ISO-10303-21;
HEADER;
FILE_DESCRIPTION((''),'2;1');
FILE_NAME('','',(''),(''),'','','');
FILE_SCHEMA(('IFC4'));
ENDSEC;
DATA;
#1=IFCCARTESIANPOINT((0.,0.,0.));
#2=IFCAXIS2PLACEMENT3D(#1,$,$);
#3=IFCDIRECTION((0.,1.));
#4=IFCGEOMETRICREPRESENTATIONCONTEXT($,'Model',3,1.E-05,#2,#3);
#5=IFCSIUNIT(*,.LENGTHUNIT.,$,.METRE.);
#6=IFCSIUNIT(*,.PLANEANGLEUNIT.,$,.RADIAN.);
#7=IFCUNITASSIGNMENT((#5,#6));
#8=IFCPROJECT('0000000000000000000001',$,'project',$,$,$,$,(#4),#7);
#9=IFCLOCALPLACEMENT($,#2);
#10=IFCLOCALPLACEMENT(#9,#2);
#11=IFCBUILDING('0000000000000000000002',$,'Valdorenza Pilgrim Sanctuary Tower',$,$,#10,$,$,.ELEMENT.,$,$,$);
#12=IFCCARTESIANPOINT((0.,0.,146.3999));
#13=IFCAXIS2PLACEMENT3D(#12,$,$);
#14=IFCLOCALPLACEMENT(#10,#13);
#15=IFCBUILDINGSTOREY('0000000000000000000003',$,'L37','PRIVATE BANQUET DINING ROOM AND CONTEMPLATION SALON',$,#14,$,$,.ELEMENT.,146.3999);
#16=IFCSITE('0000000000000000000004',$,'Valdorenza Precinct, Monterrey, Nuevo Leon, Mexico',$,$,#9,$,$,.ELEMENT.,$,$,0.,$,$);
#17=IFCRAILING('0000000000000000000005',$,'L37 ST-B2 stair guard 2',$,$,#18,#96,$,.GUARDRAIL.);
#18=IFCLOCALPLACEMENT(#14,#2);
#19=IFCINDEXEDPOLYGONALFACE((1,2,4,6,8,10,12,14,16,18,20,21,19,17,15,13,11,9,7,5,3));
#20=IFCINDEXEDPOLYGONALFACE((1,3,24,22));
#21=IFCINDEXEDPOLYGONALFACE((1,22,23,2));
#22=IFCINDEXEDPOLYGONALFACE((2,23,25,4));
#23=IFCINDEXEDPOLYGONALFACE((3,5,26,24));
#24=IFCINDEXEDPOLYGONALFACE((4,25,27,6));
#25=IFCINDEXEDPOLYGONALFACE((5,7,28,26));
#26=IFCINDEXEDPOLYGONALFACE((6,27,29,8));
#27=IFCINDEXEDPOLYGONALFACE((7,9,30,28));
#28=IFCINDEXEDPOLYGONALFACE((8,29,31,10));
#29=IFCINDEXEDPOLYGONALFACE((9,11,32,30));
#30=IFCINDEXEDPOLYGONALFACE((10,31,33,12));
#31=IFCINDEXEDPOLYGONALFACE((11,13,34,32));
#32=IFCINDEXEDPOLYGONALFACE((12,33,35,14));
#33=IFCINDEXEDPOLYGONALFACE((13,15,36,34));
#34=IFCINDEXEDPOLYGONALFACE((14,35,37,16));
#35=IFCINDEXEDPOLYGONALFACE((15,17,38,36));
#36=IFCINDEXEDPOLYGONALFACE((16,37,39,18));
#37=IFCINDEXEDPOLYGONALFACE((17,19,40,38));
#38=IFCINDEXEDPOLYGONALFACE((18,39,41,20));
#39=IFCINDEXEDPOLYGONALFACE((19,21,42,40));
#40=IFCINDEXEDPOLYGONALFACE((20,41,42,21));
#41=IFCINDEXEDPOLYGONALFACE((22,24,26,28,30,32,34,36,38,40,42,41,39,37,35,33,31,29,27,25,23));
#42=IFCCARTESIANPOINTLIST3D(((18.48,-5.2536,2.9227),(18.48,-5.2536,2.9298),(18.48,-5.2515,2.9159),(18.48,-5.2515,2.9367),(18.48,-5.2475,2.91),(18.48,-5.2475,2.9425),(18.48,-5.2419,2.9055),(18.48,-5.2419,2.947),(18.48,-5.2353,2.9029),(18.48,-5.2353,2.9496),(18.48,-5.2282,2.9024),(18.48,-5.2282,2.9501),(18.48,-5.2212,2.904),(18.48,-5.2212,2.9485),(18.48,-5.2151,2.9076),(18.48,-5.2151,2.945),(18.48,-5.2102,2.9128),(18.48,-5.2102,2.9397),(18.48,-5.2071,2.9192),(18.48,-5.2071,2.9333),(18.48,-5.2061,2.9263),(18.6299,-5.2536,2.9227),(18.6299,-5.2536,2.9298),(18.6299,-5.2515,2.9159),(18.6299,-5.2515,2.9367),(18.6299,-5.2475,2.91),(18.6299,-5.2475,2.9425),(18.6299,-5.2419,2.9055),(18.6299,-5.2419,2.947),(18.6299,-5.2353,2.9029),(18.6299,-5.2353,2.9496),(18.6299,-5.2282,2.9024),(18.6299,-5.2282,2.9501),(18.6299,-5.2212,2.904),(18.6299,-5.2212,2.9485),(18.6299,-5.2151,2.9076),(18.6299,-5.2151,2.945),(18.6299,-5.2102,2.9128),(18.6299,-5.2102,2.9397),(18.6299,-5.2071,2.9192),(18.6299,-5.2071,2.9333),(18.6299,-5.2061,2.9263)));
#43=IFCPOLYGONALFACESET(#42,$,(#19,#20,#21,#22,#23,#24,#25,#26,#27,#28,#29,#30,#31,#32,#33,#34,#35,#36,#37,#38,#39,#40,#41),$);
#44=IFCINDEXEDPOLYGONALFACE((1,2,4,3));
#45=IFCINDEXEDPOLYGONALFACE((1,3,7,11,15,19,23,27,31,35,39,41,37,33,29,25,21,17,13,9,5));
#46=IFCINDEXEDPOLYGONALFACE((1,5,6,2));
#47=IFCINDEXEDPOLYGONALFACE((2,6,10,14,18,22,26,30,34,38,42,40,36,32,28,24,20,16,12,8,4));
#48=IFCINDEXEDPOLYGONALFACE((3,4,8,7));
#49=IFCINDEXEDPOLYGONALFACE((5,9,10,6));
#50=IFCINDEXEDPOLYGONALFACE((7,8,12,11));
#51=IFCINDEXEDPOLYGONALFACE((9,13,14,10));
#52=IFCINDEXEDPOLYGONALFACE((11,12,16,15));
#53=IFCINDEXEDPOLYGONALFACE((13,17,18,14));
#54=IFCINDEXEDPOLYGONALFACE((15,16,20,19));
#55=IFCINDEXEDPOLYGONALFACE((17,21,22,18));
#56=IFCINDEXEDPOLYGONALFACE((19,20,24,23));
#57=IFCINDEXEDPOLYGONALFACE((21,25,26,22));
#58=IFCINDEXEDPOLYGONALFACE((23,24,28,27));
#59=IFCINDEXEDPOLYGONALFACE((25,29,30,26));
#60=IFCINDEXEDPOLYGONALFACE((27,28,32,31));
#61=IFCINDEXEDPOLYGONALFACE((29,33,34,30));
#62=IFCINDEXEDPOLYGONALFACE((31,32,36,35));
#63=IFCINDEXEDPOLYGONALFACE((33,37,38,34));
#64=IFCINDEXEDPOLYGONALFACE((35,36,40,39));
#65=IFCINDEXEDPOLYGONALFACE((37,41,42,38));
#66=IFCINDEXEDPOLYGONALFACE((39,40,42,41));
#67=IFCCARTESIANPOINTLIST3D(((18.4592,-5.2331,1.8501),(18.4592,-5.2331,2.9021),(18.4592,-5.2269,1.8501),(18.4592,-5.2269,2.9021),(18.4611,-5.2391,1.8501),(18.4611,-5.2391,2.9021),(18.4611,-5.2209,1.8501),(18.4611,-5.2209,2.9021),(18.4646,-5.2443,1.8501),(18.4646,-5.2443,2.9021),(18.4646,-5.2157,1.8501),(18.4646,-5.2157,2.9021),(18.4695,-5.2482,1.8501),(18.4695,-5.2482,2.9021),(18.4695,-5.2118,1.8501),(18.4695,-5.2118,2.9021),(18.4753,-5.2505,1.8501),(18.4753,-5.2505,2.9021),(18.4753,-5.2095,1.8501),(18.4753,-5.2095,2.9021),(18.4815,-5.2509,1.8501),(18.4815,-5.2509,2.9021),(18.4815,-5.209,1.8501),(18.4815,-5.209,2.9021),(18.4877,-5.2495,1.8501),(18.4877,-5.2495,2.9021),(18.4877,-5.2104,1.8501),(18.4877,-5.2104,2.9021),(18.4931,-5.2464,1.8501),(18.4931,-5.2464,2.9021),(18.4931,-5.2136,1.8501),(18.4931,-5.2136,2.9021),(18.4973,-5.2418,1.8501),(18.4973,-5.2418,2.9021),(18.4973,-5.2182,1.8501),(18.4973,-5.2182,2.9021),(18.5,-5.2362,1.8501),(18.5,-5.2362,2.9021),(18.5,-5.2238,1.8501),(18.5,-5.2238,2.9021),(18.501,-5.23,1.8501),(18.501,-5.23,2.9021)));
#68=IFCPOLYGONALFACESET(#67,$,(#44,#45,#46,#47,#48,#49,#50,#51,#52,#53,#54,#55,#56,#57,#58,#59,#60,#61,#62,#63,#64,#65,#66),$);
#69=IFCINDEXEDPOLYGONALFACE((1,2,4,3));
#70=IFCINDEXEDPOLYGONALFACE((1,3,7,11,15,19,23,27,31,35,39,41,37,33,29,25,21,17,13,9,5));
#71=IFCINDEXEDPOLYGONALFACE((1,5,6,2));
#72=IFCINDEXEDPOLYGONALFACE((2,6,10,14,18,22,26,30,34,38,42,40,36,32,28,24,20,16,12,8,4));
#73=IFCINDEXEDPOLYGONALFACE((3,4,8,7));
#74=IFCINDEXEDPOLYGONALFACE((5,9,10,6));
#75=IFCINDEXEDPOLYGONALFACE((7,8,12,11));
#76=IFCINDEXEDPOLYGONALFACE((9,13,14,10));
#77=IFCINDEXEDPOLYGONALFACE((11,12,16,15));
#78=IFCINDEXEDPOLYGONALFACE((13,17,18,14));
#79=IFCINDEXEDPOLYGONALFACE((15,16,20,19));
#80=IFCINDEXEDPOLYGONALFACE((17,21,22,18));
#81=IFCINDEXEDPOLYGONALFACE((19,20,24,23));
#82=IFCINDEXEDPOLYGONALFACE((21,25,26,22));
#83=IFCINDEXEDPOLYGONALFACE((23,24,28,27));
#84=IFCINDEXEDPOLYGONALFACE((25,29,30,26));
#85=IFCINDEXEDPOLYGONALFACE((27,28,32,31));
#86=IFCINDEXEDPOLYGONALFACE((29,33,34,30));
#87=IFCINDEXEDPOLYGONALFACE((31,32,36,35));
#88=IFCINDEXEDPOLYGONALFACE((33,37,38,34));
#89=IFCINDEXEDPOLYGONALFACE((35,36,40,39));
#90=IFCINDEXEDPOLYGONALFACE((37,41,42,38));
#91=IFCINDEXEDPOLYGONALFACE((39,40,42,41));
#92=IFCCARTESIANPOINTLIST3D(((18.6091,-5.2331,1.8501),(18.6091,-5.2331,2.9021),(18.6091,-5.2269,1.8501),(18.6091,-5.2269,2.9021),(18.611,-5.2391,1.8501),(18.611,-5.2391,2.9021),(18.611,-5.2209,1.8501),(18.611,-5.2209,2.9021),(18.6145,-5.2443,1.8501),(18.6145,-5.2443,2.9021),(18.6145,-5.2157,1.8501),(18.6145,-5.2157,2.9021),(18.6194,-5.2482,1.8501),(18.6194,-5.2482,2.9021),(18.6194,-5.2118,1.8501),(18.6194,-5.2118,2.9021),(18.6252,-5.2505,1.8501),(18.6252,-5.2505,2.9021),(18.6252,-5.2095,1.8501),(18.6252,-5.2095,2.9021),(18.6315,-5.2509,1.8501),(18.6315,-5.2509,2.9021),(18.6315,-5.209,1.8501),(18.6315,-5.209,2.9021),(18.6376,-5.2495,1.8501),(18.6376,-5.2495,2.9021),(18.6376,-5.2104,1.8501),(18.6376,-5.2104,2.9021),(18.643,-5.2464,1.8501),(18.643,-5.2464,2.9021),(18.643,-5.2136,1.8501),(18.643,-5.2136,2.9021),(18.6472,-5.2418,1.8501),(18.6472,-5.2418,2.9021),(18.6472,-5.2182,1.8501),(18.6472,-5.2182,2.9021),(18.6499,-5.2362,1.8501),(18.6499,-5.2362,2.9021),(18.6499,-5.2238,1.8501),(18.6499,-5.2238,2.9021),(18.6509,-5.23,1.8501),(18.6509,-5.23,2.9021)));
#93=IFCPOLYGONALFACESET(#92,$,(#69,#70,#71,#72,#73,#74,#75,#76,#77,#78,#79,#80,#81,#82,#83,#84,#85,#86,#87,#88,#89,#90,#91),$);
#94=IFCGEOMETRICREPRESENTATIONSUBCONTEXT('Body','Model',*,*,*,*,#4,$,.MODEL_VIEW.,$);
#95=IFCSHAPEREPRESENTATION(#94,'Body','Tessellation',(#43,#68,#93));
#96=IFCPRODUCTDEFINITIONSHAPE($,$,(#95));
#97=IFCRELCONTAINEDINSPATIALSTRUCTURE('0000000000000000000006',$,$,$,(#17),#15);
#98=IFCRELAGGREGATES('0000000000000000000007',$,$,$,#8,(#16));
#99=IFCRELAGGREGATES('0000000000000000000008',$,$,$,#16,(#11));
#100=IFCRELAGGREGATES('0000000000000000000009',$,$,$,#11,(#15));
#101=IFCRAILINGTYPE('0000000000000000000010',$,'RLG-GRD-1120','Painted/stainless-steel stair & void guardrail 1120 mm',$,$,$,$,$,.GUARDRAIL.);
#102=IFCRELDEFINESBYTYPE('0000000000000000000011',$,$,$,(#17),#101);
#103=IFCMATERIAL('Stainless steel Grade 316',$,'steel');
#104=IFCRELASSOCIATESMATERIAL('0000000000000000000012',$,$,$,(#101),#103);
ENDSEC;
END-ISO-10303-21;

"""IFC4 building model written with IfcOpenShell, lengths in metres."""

from ifc_helpers import new_model, si_unit, direction, frame, origin, origin_2d, place, context, subcontext, project, spatial, circle, extrude, material, type_object, element, save


model = new_model("IFC4")

# Units and contexts
model_context = context("Model", 3, precision=1e-05, world=origin(), true_north=direction((0.0, 1.0)))
body_context = subcontext(model_context, "Body", "Model", "MODEL_VIEW")
ifc_project = project(units=[si_unit("LENGTHUNIT", "METRE"), si_unit("PLANEANGLEUNIT", "RADIAN")], contexts=[model_context])

# Site, building, storey
site_placement = place(None, origin())
site = spatial("IfcSite", under=ifc_project, at=site_placement, Name="Valdorenza Precinct, Monterrey, Nuevo Leon, Mexico", CompositionType="ELEMENT", RefElevation=0.0)
building_placement = place(site_placement, origin())
building = spatial("IfcBuilding", under=site, at=building_placement, Name="Valdorenza Pilgrim Sanctuary Tower", CompositionType="ELEMENT")
storey_placement = place(building_placement, frame((0.0, 0.0, 146.3999)))
storey = spatial("IfcBuildingStorey", under=building, at=storey_placement, Name="L37", Description="PRIVATE BANQUET DINING ROOM AND CONTEMPLATION SALON", CompositionType="ELEMENT", Elevation=146.3999)

# Railing
ifc_material_1 = material(Name="Stainless steel Grade 316", Category="steel")
railing_type_1 = type_object("IfcRailingType", Name="RLG-GRD-1120", Description="Painted/stainless-steel stair & void guardrail 1120 mm", PredefinedType="GUARDRAIL", material=ifc_material_1)
railing_1_placement = place(storey_placement, frame((18.48, -5.23, 1.8501)))
element("IfcRailing", 1, at=railing_1_placement, inside=storey, type_object=railing_type_1, Name="L37 ST-B2 stair guard 2", PredefinedType="GUARDRAIL", context=body_context, shape_type="SweptSolid", body=[
    extrude(circle(Radius=0.0239, at=origin_2d()), frame((0.0, 0.0, 1.0762), z_axis=(1.0, 0.0, 0.0), x_axis=(0.0, 1.0, 0.0)), (0.0, 0.0, 1.0), 0.1499),
    extrude(circle(Radius=0.021, at=origin_2d()), origin(), (0.0, 0.0, 1.0), 1.052),
    extrude(circle(Radius=0.021, at=origin_2d()), frame((0.1499, 0.0, 0.0)), (0.0, 0.0, 1.0), 1.052),
])

save(model, "model.ifc")
